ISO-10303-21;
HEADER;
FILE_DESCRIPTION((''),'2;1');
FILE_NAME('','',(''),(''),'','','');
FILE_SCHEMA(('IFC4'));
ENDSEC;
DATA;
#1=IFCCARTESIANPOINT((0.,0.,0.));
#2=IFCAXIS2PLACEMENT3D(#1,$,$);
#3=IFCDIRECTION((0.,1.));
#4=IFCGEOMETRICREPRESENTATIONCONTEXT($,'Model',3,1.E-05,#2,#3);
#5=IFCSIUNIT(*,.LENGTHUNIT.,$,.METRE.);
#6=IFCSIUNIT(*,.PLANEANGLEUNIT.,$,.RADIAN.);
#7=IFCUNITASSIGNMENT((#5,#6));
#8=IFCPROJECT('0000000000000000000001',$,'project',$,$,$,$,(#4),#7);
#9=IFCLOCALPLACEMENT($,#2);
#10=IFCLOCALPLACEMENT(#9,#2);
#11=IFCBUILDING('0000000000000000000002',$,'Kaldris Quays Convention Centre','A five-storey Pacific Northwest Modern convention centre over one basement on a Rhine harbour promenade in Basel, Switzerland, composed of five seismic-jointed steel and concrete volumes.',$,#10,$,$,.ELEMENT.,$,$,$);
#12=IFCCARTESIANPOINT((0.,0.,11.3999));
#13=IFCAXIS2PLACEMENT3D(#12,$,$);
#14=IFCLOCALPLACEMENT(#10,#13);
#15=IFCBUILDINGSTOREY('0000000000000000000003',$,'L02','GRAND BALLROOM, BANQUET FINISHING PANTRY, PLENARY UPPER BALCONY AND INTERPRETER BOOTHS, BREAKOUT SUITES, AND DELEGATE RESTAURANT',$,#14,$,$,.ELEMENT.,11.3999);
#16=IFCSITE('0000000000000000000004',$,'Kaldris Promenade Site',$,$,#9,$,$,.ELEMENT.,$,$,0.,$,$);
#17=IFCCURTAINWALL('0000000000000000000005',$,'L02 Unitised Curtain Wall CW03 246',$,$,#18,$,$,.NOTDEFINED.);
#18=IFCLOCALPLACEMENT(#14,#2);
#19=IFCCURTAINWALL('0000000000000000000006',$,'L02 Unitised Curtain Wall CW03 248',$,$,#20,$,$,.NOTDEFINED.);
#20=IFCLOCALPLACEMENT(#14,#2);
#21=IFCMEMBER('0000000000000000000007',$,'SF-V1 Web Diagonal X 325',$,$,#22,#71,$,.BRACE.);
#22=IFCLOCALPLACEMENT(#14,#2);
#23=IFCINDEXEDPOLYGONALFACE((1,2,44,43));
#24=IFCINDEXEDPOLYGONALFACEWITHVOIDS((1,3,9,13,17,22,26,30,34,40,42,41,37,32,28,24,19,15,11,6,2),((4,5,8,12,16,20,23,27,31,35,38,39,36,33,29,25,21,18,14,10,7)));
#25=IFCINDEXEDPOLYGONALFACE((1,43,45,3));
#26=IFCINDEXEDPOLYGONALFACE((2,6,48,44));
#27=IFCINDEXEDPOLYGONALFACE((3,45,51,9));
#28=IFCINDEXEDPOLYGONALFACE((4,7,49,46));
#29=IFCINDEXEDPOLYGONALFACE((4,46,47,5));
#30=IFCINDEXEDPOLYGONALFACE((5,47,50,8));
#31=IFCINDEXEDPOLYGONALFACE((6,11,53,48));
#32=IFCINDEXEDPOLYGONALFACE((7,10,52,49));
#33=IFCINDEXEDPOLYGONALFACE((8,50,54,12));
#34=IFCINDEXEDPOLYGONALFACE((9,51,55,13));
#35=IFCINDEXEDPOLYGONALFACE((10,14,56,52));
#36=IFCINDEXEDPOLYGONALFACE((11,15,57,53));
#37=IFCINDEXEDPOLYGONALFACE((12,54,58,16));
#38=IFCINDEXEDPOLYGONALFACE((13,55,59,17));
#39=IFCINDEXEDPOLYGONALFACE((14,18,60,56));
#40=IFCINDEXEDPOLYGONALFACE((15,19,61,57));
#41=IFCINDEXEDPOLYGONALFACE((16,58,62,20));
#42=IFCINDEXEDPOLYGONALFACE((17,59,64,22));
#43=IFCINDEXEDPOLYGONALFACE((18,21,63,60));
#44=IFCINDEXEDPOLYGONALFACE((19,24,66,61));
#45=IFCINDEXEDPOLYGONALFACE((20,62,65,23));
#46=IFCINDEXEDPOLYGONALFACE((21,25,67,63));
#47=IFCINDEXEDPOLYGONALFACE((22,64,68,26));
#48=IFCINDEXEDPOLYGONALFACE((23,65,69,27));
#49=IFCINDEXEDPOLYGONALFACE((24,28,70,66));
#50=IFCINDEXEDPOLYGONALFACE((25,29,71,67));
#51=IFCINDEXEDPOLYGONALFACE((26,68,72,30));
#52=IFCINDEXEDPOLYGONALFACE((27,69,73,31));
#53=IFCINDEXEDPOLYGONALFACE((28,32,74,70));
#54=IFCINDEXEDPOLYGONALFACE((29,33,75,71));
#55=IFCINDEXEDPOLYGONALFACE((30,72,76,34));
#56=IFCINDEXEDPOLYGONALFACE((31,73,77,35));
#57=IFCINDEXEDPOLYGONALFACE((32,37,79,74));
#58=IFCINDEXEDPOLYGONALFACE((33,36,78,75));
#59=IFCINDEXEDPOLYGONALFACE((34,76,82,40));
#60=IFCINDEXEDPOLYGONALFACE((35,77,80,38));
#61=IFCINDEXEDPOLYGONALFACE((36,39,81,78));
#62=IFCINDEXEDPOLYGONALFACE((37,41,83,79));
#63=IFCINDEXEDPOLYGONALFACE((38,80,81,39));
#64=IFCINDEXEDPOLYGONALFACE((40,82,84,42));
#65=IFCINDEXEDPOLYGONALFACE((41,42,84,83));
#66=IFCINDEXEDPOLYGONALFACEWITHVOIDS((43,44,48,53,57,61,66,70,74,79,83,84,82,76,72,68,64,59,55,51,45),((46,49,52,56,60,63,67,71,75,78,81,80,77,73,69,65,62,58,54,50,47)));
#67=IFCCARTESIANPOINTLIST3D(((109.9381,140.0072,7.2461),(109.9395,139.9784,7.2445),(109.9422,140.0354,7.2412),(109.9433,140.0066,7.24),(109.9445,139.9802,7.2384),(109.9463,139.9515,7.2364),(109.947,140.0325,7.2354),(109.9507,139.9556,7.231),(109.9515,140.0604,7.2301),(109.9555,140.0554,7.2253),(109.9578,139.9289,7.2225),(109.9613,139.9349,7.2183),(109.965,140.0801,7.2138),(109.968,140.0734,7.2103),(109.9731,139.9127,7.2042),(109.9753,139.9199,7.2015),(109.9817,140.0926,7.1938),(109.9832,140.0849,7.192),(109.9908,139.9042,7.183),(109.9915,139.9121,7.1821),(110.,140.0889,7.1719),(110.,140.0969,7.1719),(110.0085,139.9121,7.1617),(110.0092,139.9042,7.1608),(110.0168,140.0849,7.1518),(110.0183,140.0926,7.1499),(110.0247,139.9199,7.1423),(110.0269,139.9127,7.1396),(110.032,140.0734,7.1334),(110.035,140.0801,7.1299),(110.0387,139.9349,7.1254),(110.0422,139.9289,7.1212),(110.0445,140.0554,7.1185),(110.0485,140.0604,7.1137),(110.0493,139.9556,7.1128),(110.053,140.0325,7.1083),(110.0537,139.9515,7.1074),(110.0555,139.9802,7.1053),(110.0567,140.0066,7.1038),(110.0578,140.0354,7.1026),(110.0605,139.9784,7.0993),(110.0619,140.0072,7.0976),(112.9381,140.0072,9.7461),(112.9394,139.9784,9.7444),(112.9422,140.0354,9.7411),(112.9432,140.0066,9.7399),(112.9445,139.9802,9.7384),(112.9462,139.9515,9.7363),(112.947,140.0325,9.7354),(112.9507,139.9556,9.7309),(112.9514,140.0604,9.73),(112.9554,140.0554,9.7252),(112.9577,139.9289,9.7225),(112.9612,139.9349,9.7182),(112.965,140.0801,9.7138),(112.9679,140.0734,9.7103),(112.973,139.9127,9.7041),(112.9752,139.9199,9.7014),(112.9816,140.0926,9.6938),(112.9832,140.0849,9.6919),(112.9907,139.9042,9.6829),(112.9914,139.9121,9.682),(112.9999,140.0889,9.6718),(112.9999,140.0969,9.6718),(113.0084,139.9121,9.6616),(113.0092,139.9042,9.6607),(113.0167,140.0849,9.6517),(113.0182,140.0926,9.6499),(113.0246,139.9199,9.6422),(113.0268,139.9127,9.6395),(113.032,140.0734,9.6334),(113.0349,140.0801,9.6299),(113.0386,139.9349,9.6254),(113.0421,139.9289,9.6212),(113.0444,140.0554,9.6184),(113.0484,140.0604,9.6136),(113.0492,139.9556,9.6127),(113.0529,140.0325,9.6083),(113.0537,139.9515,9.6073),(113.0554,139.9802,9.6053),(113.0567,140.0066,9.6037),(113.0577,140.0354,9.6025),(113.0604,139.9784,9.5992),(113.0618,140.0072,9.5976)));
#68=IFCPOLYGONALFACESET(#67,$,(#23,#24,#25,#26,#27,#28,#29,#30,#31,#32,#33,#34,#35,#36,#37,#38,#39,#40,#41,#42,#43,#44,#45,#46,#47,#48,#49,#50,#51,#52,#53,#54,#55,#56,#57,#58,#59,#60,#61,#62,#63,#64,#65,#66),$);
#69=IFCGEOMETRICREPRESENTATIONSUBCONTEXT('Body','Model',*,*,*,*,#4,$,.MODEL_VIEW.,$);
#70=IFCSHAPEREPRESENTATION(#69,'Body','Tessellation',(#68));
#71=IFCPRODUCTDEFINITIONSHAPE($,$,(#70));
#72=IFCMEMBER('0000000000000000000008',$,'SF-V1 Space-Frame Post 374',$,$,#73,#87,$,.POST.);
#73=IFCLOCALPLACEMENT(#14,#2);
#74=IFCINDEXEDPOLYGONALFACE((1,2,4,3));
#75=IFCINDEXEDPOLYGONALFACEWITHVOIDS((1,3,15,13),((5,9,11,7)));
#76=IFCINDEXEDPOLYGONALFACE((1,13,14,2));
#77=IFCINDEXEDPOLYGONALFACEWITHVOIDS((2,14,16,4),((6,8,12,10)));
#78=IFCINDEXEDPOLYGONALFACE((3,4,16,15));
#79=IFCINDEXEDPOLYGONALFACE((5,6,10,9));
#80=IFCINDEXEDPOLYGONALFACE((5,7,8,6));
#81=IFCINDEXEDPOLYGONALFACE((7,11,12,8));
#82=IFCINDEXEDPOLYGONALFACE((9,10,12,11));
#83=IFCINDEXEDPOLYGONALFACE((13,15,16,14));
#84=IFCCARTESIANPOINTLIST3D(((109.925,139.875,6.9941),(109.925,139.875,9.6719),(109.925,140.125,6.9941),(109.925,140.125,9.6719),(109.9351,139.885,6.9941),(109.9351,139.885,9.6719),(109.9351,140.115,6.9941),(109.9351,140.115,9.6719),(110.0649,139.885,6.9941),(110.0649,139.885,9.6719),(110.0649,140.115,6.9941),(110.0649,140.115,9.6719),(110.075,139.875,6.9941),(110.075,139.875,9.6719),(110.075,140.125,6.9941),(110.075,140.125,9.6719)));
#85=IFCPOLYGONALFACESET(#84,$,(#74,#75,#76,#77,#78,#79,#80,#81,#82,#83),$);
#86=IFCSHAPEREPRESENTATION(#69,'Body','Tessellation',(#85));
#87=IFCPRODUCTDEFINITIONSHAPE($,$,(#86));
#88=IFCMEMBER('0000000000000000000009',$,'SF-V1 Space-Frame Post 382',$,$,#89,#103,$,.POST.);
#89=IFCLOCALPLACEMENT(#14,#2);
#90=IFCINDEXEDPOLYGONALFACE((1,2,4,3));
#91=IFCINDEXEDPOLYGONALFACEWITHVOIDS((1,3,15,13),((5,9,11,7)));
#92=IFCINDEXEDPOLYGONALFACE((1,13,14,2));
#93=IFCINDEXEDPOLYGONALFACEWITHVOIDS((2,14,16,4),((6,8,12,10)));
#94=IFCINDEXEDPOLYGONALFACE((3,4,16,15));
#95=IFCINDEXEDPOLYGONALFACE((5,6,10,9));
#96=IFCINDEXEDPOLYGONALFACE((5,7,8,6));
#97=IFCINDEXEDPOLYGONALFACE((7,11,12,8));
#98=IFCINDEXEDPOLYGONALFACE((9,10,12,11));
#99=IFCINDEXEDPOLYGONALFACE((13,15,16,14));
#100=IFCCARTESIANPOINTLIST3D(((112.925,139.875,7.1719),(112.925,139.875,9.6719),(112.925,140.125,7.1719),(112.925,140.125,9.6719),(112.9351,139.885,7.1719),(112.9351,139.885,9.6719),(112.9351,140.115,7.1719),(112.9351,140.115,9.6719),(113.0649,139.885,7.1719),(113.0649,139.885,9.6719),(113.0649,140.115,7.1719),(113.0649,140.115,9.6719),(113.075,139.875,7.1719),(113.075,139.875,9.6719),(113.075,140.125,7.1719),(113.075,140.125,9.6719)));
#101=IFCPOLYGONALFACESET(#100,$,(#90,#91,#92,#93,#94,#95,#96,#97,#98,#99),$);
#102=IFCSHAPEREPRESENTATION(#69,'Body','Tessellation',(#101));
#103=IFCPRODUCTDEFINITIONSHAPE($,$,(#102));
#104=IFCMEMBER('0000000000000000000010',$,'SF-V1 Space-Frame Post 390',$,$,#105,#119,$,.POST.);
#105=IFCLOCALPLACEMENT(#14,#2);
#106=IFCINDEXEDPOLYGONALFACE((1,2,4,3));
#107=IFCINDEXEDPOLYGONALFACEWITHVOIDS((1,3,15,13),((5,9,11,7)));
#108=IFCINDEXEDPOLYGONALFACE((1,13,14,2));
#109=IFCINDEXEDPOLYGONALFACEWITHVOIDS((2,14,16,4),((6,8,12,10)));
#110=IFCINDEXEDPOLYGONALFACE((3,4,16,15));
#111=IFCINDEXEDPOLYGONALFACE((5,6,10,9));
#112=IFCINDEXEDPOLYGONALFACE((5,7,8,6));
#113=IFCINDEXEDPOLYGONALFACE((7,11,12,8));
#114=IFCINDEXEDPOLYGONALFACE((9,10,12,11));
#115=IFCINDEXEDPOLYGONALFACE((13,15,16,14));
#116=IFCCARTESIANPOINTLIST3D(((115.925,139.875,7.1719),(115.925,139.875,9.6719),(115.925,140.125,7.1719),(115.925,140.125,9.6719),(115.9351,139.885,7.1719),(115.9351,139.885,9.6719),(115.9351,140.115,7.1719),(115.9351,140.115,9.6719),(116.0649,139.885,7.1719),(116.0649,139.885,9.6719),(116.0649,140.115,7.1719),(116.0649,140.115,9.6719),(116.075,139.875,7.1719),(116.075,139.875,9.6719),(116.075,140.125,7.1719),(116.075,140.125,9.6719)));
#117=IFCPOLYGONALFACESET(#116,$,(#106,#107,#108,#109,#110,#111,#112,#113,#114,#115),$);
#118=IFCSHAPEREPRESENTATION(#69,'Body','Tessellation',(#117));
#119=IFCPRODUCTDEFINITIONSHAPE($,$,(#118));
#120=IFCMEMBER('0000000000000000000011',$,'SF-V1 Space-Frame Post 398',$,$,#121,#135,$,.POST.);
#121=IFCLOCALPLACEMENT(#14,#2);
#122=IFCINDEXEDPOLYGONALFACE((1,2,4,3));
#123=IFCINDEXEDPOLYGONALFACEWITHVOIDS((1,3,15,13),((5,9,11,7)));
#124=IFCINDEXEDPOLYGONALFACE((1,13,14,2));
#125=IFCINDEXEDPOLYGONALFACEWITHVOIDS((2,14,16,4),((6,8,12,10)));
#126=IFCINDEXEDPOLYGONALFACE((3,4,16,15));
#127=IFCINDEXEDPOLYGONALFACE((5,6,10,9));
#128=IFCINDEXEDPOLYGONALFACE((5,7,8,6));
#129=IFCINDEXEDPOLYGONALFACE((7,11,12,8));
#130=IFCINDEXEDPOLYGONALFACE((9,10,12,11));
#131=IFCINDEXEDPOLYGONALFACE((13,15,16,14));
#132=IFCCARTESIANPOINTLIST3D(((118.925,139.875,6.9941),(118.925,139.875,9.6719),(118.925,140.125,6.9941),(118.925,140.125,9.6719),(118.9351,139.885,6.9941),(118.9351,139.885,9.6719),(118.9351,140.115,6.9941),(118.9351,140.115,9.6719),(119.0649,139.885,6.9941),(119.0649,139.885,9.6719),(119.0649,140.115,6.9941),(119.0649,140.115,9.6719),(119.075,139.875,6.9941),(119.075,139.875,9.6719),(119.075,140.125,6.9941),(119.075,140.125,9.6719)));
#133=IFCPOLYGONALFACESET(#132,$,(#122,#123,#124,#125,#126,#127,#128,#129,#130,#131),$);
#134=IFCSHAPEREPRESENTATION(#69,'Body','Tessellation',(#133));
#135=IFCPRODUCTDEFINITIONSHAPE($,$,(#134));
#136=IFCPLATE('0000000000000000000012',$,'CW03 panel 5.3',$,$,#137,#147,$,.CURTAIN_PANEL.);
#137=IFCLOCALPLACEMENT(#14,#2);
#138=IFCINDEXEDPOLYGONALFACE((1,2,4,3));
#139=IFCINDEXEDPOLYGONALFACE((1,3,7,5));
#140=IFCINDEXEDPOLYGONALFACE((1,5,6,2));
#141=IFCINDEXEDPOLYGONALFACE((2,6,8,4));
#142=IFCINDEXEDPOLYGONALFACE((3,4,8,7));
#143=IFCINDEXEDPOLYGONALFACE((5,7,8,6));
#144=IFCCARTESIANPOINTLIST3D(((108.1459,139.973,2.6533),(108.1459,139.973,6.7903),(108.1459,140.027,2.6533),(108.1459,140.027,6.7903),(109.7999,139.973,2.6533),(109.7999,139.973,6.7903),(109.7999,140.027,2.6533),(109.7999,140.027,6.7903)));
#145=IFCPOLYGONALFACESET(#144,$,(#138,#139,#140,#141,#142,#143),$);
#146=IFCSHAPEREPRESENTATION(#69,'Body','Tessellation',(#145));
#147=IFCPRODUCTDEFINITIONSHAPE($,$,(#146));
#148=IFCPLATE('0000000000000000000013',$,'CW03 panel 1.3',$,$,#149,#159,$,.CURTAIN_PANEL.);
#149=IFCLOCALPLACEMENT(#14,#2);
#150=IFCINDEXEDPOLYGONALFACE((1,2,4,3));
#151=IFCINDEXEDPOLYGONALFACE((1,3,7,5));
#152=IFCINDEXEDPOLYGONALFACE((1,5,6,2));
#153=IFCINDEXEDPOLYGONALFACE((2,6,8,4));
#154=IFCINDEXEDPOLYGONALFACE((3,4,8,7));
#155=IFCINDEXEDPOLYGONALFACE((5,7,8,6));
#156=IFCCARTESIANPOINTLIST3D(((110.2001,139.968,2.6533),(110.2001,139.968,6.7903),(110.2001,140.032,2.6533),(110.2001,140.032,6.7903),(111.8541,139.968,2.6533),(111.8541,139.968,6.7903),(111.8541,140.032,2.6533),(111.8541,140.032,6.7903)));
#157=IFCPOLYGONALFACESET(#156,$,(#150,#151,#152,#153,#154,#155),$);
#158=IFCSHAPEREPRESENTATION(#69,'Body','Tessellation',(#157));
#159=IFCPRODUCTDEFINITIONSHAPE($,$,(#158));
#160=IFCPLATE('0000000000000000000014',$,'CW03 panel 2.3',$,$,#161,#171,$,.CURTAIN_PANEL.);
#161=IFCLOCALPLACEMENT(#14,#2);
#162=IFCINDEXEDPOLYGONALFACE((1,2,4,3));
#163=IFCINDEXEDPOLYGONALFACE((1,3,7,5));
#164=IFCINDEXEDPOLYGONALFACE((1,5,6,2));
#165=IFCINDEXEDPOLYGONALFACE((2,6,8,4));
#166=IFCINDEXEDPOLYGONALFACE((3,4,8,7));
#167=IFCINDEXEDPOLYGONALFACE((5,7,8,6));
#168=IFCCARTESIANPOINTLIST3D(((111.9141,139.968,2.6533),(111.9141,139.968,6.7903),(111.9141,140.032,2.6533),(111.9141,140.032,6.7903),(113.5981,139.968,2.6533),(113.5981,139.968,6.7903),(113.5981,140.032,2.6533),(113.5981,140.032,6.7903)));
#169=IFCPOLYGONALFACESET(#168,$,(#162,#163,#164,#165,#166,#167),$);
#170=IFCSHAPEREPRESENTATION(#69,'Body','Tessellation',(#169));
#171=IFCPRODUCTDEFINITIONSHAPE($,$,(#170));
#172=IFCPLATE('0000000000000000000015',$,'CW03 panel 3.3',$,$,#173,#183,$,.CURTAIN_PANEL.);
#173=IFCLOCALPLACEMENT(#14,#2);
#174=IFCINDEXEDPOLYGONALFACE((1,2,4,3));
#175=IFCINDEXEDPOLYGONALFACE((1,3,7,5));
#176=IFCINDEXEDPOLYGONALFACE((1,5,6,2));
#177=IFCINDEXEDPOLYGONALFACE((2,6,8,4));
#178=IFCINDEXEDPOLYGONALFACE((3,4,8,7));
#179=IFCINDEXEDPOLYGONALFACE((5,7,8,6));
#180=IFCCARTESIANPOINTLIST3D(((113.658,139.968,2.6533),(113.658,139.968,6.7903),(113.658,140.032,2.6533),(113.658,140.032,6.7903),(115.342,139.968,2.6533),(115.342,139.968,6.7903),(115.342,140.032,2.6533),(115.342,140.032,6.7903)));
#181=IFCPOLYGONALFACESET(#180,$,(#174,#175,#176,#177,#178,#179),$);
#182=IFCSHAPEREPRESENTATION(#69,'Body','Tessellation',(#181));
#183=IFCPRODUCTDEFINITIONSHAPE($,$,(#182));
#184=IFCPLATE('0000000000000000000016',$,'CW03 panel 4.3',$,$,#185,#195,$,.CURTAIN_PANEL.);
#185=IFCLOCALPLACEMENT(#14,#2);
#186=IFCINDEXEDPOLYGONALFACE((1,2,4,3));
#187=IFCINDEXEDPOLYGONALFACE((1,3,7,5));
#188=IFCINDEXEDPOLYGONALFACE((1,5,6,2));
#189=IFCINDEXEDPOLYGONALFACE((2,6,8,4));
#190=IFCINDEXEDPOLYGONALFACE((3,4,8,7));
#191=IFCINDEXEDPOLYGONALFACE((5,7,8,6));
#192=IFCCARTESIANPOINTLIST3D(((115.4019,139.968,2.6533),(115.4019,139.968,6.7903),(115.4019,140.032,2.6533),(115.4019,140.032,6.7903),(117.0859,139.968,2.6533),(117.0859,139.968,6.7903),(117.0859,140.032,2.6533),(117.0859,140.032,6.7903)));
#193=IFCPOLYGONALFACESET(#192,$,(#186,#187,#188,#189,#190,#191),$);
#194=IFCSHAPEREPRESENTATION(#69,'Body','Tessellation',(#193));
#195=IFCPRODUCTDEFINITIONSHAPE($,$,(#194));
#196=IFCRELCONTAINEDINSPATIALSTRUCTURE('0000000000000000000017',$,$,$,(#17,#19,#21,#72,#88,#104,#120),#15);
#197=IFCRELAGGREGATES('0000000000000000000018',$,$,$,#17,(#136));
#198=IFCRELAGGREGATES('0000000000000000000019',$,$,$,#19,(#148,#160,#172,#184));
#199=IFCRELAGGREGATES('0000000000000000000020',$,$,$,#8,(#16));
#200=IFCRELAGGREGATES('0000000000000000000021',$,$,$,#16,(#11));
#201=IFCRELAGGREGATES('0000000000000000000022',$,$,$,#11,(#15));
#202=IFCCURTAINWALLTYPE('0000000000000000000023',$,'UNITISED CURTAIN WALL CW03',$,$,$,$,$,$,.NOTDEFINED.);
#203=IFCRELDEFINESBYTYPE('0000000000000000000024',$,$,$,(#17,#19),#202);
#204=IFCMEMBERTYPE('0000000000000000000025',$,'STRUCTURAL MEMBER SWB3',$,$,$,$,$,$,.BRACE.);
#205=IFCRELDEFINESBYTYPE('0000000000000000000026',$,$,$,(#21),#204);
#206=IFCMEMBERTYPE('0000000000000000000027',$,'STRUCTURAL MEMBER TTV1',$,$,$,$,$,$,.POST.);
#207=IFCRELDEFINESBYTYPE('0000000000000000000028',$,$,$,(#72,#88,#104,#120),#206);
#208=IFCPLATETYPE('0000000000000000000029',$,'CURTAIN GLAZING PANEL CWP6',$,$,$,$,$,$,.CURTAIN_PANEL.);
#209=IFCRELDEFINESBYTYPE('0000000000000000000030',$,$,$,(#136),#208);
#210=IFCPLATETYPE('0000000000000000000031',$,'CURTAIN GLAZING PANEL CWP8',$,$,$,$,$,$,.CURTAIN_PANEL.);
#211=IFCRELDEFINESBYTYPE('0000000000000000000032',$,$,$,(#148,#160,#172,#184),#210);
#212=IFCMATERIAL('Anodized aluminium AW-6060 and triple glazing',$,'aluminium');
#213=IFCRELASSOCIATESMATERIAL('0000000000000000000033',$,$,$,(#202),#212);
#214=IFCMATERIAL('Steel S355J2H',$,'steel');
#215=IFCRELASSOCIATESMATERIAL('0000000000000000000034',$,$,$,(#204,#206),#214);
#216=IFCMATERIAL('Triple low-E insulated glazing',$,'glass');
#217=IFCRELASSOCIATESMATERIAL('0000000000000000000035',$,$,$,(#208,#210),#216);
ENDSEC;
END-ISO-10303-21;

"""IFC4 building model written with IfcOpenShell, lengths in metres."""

from ifc_helpers import new_model, si_unit, direction, frame, origin, origin_2d, place, context, subcontext, project, spatial, rectangle, hollow_rectangle, hollow_circle, extrude, material, material_profile, profile_set, type_object, element, aggregate, save


model = new_model("IFC4")

# Units and contexts
model_context = context("Model", 3, precision=1e-05, world=origin(), true_north=direction((0.0, 1.0)))
body_context = subcontext(model_context, "Body", "Model", "MODEL_VIEW")
ifc_project = project(units=[si_unit("LENGTHUNIT", "METRE"), si_unit("PLANEANGLEUNIT", "RADIAN")], contexts=[model_context])

# Site, building, storey
site_placement = place(None, origin())
site = spatial("IfcSite", under=ifc_project, at=site_placement, Name="Kaldris Promenade Site", CompositionType="ELEMENT", RefElevation=0.0)
building_placement = place(site_placement, origin())
building = spatial("IfcBuilding", under=site, at=building_placement, Name="Kaldris Quays Convention Centre", Description="A five-storey Pacific Northwest Modern convention centre over one basement on a Rhine harbour promenade in Basel, Switzerland, composed of five seismic-jointed steel and concrete volumes.", CompositionType="ELEMENT")
storey_placement = place(building_placement, frame((0.0, 0.0, 11.3999)))
storey = spatial("IfcBuildingStorey", under=building, at=storey_placement, Name="L02", Description="GRAND BALLROOM, BANQUET FINISHING PANTRY, PLENARY UPPER BALCONY AND INTERPRETER BOOTHS, BREAKOUT SUITES, AND DELEGATE RESTAURANT", CompositionType="ELEMENT", Elevation=11.3999)

# Curtain wall
ifc_material_1 = material(Name="Anodized aluminium AW-6060 and triple glazing", Category="aluminium")
curtain_wall_type = type_object("IfcCurtainWallType", Name="UNITISED CURTAIN WALL CW03", PredefinedType="NOTDEFINED", material=ifc_material_1)
curtain_wall_1_placement = place(storey_placement, origin())
curtain_wall_1 = element("IfcCurtainWall", 1, at=curtain_wall_1_placement, inside=storey, type_object=curtain_wall_type, Name="L02 Unitised Curtain Wall CW03 246", PredefinedType="NOTDEFINED")

# Curtain wall
curtain_wall_2_placement = place(storey_placement, origin())
curtain_wall_2 = element("IfcCurtainWall", 2, at=curtain_wall_2_placement, inside=storey, type_object=curtain_wall_type, Name="L02 Unitised Curtain Wall CW03 248", PredefinedType="NOTDEFINED")

# Members
ifc_material_2 = material(Name="Steel S355J2H", Category="steel")
ifc_material_profile_1 = material_profile(ifc_material_2, hollow_circle(Radius=0.0969, WallThickness=0.0081, at=origin_2d()), Name="CHS 193.7x8")
ifc_profile_set_1 = profile_set([ifc_material_profile_1], Name="Steel S355J2H")
member_type_1 = type_object("IfcMemberType", Name="STRUCTURAL MEMBER SWB3", PredefinedType="BRACE", material=ifc_profile_set_1)
member_1_placement = place(storey_placement, frame((110.0, 140.0, 7.1719), z_axis=(0.768221, 0.0, 0.640184), x_axis=(0.0, 1.0, 0.0)))
element("IfcMember", 3, at=member_1_placement, inside=storey, type_object=member_type_1, Name="SF-V1 Web Diagonal X 325", PredefinedType="BRACE", context=body_context, shape_type="SweptSolid", body=[
    extrude(hollow_circle(Radius=0.0969, WallThickness=0.0081, at=origin_2d()), origin(), (0.0, 0.0, 1.0), 3.905),
])
ifc_material_profile_2 = material_profile(ifc_material_2, hollow_rectangle(XDim=0.1499, YDim=0.25, WallThickness=0.01, at=origin_2d()), Name="RHS 250x150x10")
ifc_profile_set_2 = profile_set([ifc_material_profile_2], Name="Steel S355J2H")
member_type_2 = type_object("IfcMemberType", Name="STRUCTURAL MEMBER TTV1", PredefinedType="POST", material=ifc_profile_set_2)
member_2_placement = place(storey_placement, frame((110.0, 140.0, 6.9941), z_axis=(0.0, 0.0, 1.0), x_axis=(1.0, 0.0, 0.0)))
element("IfcMember", 4, at=member_2_placement, inside=storey, type_object=member_type_2, Name="SF-V1 Space-Frame Post 374", PredefinedType="POST", context=body_context, shape_type="SweptSolid", body=[
    extrude(hollow_rectangle(XDim=0.1499, YDim=0.25, WallThickness=0.01, at=origin_2d()), origin(), (0.0, 0.0, 1.0), 2.6777),
])
for number, where, z_axis, x_axis, name in (
    (5, (113.0, 140.0, 7.1719), (0.0, 0.0, 1.0), (1.0, 0.0, 0.0), "SF-V1 Space-Frame Post 382"),
    (6, (116.0, 140.0, 7.1719), (0.0, 0.0, 1.0), (1.0, 0.0, 0.0), "SF-V1 Space-Frame Post 390"),
):
    element("IfcMember", number, at=place(storey_placement, frame(where, z_axis=z_axis, x_axis=x_axis)), inside=storey, type_object=member_type_2, Name=name, PredefinedType="POST", context=body_context, shape_type="SweptSolid", body=[
        extrude(hollow_rectangle(XDim=0.1499, YDim=0.25, WallThickness=0.01, at=origin_2d()), origin(), (0.0, 0.0, 1.0), 2.5),
    ])
member_3_placement = place(storey_placement, frame((119.0, 140.0, 6.9941), z_axis=(0.0, 0.0, 1.0), x_axis=(1.0, 0.0, 0.0)))
element("IfcMember", 7, at=member_3_placement, inside=storey, type_object=member_type_2, Name="SF-V1 Space-Frame Post 398", PredefinedType="POST", context=body_context, shape_type="SweptSolid", body=[
    extrude(hollow_rectangle(XDim=0.1499, YDim=0.25, WallThickness=0.01, at=origin_2d()), origin(), (0.0, 0.0, 1.0), 2.6777),
])

# Plates
ifc_material_3 = material(Name="Triple low-E insulated glazing", Category="glass")
plate_type_1 = type_object("IfcPlateType", Name="CURTAIN GLAZING PANEL CWP6", PredefinedType="CURTAIN_PANEL", material=ifc_material_3)
plate_1_placement = place(storey_placement, frame((108.9729, 140.0, 2.6533), z_axis=(0.0, 0.0, 1.0), x_axis=(1.0, 0.0, 0.0)))
plate_1 = element("IfcPlate", 8, at=plate_1_placement, type_object=plate_type_1, Name="CW03 panel 5.3", PredefinedType="CURTAIN_PANEL", context=body_context, shape_type="SweptSolid", body=[
    extrude(rectangle(XDim=1.6541, YDim=0.054, at=origin_2d()), origin(), (0.0, 0.0, 1.0), 4.137),
])
aggregate(curtain_wall_1, [plate_1])
plate_type_2 = type_object("IfcPlateType", Name="CURTAIN GLAZING PANEL CWP8", PredefinedType="CURTAIN_PANEL", material=ifc_material_3)
plate_2_placement = place(storey_placement, frame((111.0271, 140.0, 2.6533), z_axis=(0.0, 0.0, 1.0), x_axis=(1.0, 0.0, 0.0)))
plate_2 = element("IfcPlate", 9, at=plate_2_placement, type_object=plate_type_2, Name="CW03 panel 1.3", PredefinedType="CURTAIN_PANEL", context=body_context, shape_type="SweptSolid", body=[
    extrude(rectangle(XDim=1.6541, YDim=0.064, at=origin_2d()), origin(), (0.0, 0.0, 1.0), 4.137),
])
plate_3_placement = place(storey_placement, frame((112.7561, 140.0, 2.6533), z_axis=(0.0, 0.0, 1.0), x_axis=(1.0, 0.0, 0.0)))
plate_3 = element("IfcPlate", 10, at=plate_3_placement, type_object=plate_type_2, Name="CW03 panel 2.3", PredefinedType="CURTAIN_PANEL", context=body_context, shape_type="SweptSolid", body=[
    extrude(rectangle(XDim=1.6841, YDim=0.064, at=origin_2d()), origin(), (0.0, 0.0, 1.0), 4.137),
])
plate_4_placement = place(storey_placement, frame((114.5, 140.0, 2.6533), z_axis=(0.0, 0.0, 1.0), x_axis=(1.0, 0.0, 0.0)))
plate_4 = element("IfcPlate", 11, at=plate_4_placement, type_object=plate_type_2, Name="CW03 panel 3.3", PredefinedType="CURTAIN_PANEL", context=body_context, shape_type="SweptSolid", body=[
    extrude(rectangle(XDim=1.6841, YDim=0.064, at=origin_2d()), origin(), (0.0, 0.0, 1.0), 4.137),
])
plate_5_placement = place(storey_placement, frame((116.2439, 140.0, 2.6533), z_axis=(0.0, 0.0, 1.0), x_axis=(1.0, 0.0, 0.0)))
plate_5 = element("IfcPlate", 12, at=plate_5_placement, type_object=plate_type_2, Name="CW03 panel 4.3", PredefinedType="CURTAIN_PANEL", context=body_context, shape_type="SweptSolid", body=[
    extrude(rectangle(XDim=1.6841, YDim=0.064, at=origin_2d()), origin(), (0.0, 0.0, 1.0), 4.137),
])
aggregate(curtain_wall_2, [plate_2, plate_3, plate_4, plate_5])

save(model, "model.ifc")
